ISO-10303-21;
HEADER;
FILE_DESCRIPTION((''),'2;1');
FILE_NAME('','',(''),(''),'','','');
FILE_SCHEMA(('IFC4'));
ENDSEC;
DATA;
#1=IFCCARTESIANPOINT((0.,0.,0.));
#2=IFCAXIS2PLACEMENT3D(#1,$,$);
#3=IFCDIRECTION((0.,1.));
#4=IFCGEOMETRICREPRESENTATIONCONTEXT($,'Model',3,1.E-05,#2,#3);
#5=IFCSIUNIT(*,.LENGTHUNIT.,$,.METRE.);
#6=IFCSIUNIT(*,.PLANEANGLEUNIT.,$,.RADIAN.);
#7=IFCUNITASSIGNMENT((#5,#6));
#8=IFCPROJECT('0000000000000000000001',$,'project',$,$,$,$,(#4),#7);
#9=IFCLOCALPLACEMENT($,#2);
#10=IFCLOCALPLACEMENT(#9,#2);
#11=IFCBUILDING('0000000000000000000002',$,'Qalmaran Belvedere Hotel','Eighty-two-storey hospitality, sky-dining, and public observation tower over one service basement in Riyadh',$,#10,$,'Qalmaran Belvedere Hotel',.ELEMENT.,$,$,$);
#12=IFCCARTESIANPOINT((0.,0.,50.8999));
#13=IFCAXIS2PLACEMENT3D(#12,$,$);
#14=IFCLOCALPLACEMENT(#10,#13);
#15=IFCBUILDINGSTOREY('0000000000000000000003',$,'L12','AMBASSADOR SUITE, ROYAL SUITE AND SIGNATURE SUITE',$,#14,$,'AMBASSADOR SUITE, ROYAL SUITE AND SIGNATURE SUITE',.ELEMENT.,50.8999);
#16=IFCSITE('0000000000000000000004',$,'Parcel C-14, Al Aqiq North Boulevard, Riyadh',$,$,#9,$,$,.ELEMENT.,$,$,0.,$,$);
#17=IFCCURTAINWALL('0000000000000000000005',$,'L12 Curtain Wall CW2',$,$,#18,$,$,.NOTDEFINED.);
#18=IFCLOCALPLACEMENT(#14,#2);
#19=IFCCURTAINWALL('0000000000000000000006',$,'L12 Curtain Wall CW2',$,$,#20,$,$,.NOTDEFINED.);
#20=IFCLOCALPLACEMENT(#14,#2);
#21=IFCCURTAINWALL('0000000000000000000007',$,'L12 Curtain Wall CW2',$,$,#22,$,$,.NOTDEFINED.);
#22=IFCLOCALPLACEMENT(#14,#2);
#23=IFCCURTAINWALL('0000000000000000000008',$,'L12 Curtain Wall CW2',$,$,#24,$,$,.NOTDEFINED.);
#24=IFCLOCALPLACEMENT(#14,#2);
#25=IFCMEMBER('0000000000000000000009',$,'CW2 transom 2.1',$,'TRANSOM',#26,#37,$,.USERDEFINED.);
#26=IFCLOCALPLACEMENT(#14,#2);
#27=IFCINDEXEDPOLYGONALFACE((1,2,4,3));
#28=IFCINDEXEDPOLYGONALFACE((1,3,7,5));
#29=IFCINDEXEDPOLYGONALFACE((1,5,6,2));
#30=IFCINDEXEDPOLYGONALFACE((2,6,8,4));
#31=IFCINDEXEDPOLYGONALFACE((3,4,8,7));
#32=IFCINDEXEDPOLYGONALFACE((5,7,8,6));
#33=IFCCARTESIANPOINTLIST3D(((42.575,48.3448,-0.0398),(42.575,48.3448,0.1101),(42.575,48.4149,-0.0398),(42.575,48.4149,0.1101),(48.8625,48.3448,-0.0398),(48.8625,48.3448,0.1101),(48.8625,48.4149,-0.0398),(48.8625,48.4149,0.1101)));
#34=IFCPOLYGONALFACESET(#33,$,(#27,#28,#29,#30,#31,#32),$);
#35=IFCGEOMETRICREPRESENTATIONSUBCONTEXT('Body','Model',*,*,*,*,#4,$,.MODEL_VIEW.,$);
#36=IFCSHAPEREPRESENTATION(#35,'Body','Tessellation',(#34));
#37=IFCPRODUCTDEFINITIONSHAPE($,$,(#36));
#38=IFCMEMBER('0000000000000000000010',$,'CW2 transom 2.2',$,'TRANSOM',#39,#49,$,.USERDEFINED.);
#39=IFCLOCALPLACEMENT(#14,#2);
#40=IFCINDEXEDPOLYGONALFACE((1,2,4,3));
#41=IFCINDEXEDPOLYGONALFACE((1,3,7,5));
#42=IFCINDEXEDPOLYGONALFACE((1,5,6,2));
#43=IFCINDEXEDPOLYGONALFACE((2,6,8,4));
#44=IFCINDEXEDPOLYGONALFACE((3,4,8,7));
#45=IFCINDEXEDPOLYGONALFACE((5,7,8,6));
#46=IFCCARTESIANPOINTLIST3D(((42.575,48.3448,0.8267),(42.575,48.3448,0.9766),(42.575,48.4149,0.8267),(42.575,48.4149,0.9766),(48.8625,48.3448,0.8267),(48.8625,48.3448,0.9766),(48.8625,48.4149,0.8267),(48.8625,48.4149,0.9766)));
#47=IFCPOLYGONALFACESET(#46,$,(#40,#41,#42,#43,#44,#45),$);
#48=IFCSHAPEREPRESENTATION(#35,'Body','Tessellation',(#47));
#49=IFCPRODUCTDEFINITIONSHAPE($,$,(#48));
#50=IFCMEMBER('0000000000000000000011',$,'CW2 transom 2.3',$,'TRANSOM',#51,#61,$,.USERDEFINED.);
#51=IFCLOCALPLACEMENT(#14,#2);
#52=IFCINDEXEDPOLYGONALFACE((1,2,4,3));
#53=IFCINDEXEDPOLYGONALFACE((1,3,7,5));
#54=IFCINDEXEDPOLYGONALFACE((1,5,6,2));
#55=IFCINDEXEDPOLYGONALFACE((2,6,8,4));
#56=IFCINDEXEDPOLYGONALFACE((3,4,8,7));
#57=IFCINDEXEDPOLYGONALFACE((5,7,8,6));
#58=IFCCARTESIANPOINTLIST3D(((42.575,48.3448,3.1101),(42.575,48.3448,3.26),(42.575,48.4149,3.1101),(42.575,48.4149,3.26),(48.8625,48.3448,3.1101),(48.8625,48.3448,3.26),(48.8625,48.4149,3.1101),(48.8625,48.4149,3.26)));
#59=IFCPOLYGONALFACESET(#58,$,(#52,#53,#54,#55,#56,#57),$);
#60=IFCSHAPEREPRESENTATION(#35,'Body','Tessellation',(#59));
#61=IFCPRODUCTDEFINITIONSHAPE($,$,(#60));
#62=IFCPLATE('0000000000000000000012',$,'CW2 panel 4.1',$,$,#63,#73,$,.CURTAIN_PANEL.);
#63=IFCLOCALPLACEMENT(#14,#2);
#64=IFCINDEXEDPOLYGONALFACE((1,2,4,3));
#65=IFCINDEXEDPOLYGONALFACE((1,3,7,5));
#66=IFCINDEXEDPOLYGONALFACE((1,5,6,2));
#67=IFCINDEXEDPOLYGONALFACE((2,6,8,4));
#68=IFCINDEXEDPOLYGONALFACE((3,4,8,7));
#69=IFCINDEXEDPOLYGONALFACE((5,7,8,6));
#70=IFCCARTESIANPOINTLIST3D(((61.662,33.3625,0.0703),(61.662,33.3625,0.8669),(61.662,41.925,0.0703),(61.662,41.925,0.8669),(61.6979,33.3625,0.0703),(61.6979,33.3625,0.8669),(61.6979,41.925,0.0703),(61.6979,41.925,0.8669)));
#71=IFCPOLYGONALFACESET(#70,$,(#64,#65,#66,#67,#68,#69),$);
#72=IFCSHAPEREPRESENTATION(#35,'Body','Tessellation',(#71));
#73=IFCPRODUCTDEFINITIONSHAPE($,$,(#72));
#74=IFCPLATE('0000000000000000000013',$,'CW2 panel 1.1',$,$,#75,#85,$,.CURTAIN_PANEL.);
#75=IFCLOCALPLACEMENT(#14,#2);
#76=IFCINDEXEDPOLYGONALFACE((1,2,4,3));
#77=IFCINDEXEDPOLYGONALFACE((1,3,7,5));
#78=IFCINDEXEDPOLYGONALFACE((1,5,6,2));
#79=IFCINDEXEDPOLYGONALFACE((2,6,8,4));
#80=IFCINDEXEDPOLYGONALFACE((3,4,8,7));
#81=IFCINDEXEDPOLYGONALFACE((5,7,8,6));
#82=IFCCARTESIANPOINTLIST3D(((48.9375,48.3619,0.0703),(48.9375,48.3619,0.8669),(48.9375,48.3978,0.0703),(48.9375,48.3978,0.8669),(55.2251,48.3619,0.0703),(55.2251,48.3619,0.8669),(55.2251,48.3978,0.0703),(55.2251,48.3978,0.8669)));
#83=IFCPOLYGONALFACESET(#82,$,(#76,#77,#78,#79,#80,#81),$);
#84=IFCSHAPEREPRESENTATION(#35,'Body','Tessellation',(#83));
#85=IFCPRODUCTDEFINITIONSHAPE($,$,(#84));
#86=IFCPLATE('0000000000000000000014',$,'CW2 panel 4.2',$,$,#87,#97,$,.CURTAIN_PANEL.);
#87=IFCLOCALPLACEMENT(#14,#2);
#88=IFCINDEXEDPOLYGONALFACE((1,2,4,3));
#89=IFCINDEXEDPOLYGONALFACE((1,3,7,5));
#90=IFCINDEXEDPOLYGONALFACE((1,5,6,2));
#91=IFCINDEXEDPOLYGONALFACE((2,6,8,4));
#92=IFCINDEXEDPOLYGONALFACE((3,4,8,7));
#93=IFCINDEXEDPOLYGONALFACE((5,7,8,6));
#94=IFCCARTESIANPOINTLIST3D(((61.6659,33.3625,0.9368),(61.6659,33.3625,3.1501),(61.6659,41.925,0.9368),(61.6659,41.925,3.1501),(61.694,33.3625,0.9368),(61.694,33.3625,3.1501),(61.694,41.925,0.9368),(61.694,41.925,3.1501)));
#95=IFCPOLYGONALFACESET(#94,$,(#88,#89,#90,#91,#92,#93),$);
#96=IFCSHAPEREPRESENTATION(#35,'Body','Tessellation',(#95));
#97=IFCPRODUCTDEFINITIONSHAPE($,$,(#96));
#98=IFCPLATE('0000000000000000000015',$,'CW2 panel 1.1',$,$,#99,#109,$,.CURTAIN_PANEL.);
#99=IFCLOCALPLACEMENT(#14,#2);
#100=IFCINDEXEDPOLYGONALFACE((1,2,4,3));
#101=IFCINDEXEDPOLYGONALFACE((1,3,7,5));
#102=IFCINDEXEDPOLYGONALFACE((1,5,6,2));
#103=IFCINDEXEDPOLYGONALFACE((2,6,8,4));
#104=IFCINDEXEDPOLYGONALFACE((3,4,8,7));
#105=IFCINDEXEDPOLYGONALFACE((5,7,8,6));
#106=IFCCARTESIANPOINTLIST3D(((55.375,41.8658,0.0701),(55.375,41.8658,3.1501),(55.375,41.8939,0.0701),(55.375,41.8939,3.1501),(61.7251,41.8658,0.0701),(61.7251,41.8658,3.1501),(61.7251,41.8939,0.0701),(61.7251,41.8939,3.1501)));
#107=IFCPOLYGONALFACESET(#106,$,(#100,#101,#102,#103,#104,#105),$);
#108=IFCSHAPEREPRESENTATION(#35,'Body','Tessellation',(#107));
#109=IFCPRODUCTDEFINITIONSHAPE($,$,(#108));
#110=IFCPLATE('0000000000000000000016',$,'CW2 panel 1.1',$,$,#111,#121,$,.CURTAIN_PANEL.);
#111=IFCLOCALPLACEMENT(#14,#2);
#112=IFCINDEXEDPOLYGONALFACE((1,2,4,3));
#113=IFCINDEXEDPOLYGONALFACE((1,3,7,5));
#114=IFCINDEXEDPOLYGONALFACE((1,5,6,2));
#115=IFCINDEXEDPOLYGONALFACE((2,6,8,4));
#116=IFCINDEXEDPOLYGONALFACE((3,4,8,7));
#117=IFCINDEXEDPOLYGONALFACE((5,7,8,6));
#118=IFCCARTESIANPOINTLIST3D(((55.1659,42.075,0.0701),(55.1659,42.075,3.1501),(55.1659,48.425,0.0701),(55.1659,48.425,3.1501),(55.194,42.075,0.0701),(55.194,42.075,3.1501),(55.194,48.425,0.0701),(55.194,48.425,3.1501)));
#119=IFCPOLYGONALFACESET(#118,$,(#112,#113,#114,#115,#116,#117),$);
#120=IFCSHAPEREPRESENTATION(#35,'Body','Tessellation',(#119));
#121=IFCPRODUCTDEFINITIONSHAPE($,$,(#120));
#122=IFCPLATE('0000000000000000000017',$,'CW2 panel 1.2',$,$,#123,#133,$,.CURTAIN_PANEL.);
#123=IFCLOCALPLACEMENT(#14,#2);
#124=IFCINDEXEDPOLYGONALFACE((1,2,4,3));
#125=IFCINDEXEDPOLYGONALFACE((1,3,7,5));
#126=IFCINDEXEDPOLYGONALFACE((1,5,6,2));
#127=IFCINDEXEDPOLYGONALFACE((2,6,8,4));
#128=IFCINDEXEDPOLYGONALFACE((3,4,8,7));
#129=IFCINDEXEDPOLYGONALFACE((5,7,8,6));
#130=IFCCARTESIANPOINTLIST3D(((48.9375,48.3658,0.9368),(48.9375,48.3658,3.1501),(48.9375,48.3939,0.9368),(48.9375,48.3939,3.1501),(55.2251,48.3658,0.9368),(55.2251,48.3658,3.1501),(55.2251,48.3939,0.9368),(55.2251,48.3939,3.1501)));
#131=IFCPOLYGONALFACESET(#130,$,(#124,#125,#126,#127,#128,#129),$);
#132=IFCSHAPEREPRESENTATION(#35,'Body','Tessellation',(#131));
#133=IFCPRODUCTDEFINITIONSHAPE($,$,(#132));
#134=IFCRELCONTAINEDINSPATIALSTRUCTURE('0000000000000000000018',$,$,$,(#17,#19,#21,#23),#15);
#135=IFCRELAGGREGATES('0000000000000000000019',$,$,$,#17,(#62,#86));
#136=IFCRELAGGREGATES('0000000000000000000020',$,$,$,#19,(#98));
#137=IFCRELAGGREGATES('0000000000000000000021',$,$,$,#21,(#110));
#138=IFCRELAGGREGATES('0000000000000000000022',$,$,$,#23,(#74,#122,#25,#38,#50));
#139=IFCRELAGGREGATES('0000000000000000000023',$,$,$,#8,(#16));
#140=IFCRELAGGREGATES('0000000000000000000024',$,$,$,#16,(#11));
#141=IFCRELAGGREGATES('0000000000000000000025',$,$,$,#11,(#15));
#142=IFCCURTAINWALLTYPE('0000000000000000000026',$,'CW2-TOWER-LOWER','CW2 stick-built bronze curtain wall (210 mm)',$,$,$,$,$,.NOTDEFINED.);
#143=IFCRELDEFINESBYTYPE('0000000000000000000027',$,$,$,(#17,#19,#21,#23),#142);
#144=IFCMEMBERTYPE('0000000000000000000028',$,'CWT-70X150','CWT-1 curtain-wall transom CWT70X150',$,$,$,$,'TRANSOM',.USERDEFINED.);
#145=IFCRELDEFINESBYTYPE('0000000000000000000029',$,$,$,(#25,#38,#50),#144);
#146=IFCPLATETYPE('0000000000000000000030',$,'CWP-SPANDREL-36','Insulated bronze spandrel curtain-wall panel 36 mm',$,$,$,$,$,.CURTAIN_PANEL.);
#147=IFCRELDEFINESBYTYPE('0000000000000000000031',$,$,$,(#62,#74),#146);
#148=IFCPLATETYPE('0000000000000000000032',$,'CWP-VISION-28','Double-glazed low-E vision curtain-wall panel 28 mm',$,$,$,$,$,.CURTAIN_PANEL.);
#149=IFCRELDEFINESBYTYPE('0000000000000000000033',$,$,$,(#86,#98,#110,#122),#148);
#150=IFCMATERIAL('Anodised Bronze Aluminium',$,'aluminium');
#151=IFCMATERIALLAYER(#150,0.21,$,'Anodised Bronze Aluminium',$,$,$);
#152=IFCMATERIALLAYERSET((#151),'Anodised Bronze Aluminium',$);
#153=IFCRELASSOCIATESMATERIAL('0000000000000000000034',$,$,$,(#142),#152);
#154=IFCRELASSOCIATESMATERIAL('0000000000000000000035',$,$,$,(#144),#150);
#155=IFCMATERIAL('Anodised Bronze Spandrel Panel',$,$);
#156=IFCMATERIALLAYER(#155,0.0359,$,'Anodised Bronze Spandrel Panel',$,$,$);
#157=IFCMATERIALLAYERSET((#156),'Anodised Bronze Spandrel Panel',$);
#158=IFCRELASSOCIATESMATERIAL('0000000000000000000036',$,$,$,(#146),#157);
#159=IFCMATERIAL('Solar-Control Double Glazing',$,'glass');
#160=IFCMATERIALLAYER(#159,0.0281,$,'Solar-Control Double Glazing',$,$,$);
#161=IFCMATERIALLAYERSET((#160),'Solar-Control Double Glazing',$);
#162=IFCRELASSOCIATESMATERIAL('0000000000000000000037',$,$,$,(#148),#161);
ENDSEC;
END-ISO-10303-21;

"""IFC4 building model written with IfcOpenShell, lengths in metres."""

from ifc_helpers import new_model, si_unit, direction, frame, origin, origin_2d, place, context, subcontext, project, spatial, rectangle, extrude, material, layer, layer_set, material_profile, profile_set, type_object, element, aggregate, save


model = new_model("IFC4")

# Units and contexts
model_context = context("Model", 3, precision=1e-05, world=origin(), true_north=direction((0.0, 1.0)))
body_context = subcontext(model_context, "Body", "Model", "MODEL_VIEW")
ifc_project = project(units=[si_unit("LENGTHUNIT", "METRE"), si_unit("PLANEANGLEUNIT", "RADIAN")], contexts=[model_context])

# Site, building, storey
site_placement = place(None, origin())
site = spatial("IfcSite", under=ifc_project, at=site_placement, Name="Parcel C-14, Al Aqiq North Boulevard, Riyadh", CompositionType="ELEMENT", RefElevation=0.0)
building_placement = place(site_placement, origin())
building = spatial("IfcBuilding", under=site, at=building_placement, Name="Qalmaran Belvedere Hotel", Description="Eighty-two-storey hospitality, sky-dining, and public observation tower over one service basement in Riyadh", LongName="Qalmaran Belvedere Hotel", CompositionType="ELEMENT")
storey_placement = place(building_placement, frame((0.0, 0.0, 50.8999)))
storey = spatial("IfcBuildingStorey", under=building, at=storey_placement, Name="L12", Description="AMBASSADOR SUITE, ROYAL SUITE AND SIGNATURE SUITE", LongName="AMBASSADOR SUITE, ROYAL SUITE AND SIGNATURE SUITE", CompositionType="ELEMENT", Elevation=50.8999)

# Curtain wall
ifc_material_1 = material(Name="Anodised Bronze Aluminium", Category="aluminium")
ifc_layer_1 = layer(ifc_material_1, 0.21, Name="Anodised Bronze Aluminium")
ifc_layer_set_1 = layer_set([ifc_layer_1], Name="Anodised Bronze Aluminium")
curtain_wall_type = type_object("IfcCurtainWallType", Name="CW2-TOWER-LOWER", Description="CW2 stick-built bronze curtain wall (210 mm)", PredefinedType="NOTDEFINED", material=ifc_layer_set_1)
curtain_wall_1_placement = place(storey_placement, origin())
curtain_wall_1 = element("IfcCurtainWall", 1, at=curtain_wall_1_placement, inside=storey, type_object=curtain_wall_type, Name="L12 Curtain Wall CW2", PredefinedType="NOTDEFINED")

# Curtain walls
curtain_wall_2_placement = place(storey_placement, origin())
curtain_wall_2 = element("IfcCurtainWall", 2, at=curtain_wall_2_placement, inside=storey, type_object=curtain_wall_type, Name="L12 Curtain Wall CW2", PredefinedType="NOTDEFINED")
curtain_wall_3_placement = place(storey_placement, origin())
curtain_wall_3 = element("IfcCurtainWall", 3, at=curtain_wall_3_placement, inside=storey, type_object=curtain_wall_type, Name="L12 Curtain Wall CW2", PredefinedType="NOTDEFINED")
curtain_wall_4_placement = place(storey_placement, origin())
curtain_wall_4 = element("IfcCurtainWall", 4, at=curtain_wall_4_placement, inside=storey, type_object=curtain_wall_type, Name="L12 Curtain Wall CW2", PredefinedType="NOTDEFINED")

# Members
ifc_material_profile_1 = material_profile(ifc_material_1, rectangle(XDim=0.0701, YDim=0.1499, at=origin_2d()), Name="CWT70X150")
ifc_profile_set_1 = profile_set([ifc_material_profile_1], Name="Anodised Bronze Aluminium")
member_type_1 = type_object("IfcMemberType", Name="CWT-70X150", Description="CWT-1 curtain-wall transom CWT70X150", ElementType="TRANSOM", PredefinedType="USERDEFINED", material=ifc_profile_set_1)
member_1_placement = place(storey_placement, frame((48.8625, 48.3799, 0.0352), z_axis=(-1.0, 0.0, 0.0), x_axis=(0.0, -1.0, 0.0)))
member_1 = element("IfcMember", 5, at=member_1_placement, type_object=member_type_1, Name="CW2 transom 2.1", ObjectType="TRANSOM", PredefinedType="USERDEFINED", context=body_context, shape_type="SweptSolid", body=[
    extrude(rectangle(XDim=0.0701, YDim=0.1499, at=origin_2d()), origin(), (0.0, 0.0, 1.0), 6.2876),
])
member_2_placement = place(storey_placement, frame((48.8625, 48.3799, 0.9016), z_axis=(-1.0, 0.0, 0.0), x_axis=(0.0, -1.0, 0.0)))
member_2 = element("IfcMember", 6, at=member_2_placement, type_object=member_type_1, Name="CW2 transom 2.2", ObjectType="TRANSOM", PredefinedType="USERDEFINED", context=body_context, shape_type="SweptSolid", body=[
    extrude(rectangle(XDim=0.0701, YDim=0.1499, at=origin_2d()), origin(), (0.0, 0.0, 1.0), 6.2876),
])
member_3_placement = place(storey_placement, frame((48.8625, 48.3799, 3.1851), z_axis=(-1.0, 0.0, 0.0), x_axis=(0.0, -1.0, 0.0)))
member_3 = element("IfcMember", 7, at=member_3_placement, type_object=member_type_1, Name="CW2 transom 2.3", ObjectType="TRANSOM", PredefinedType="USERDEFINED", context=body_context, shape_type="SweptSolid", body=[
    extrude(rectangle(XDim=0.0701, YDim=0.1499, at=origin_2d()), origin(), (0.0, 0.0, 1.0), 6.2876),
])

# Plates
ifc_material_2 = material(Name="Anodised Bronze Spandrel Panel")
ifc_layer_2 = layer(ifc_material_2, 0.0359, Name="Anodised Bronze Spandrel Panel")
ifc_layer_set_2 = layer_set([ifc_layer_2], Name="Anodised Bronze Spandrel Panel")
plate_type_1 = type_object("IfcPlateType", Name="CWP-SPANDREL-36", Description="Insulated bronze spandrel curtain-wall panel 36 mm", PredefinedType="CURTAIN_PANEL", material=ifc_layer_set_2)
plate_1_placement = place(storey_placement, frame((61.6799, 37.6438, 0.0703), z_axis=(0.0, 0.0, 1.0), x_axis=(0.0, 1.0, 0.0)))
plate_1 = element("IfcPlate", 8, at=plate_1_placement, type_object=plate_type_1, Name="CW2 panel 4.1", PredefinedType="CURTAIN_PANEL", context=body_context, shape_type="SweptSolid", body=[
    extrude(rectangle(XDim=8.5625, YDim=0.0359, at=origin_2d()), origin(), (0.0, 0.0, 1.0), 0.7966),
])
plate_2_placement = place(storey_placement, frame((52.0813, 48.3799, 0.0703), z_axis=(0.0, 0.0, 1.0), x_axis=(-1.0, 0.0, 0.0)))
plate_2 = element("IfcPlate", 9, at=plate_2_placement, type_object=plate_type_1, Name="CW2 panel 1.1", PredefinedType="CURTAIN_PANEL", context=body_context, shape_type="SweptSolid", body=[
    extrude(rectangle(XDim=6.2876, YDim=0.0359, at=origin_2d()), origin(), (0.0, 0.0, 1.0), 0.7966),
])
ifc_material_3 = material(Name="Solar-Control Double Glazing", Category="glass")
ifc_layer_3 = layer(ifc_material_3, 0.0281, Name="Solar-Control Double Glazing")
ifc_layer_set_3 = layer_set([ifc_layer_3], Name="Solar-Control Double Glazing")
plate_type_2 = type_object("IfcPlateType", Name="CWP-VISION-28", Description="Double-glazed low-E vision curtain-wall panel 28 mm", PredefinedType="CURTAIN_PANEL", material=ifc_layer_set_3)
plate_3_placement = place(storey_placement, frame((61.6799, 37.6438, 0.9368), z_axis=(0.0, 0.0, 1.0), x_axis=(0.0, 1.0, 0.0)))
plate_3 = element("IfcPlate", 10, at=plate_3_placement, type_object=plate_type_2, Name="CW2 panel 4.2", PredefinedType="CURTAIN_PANEL", context=body_context, shape_type="SweptSolid", body=[
    extrude(rectangle(XDim=8.5625, YDim=0.0281, at=origin_2d()), origin(), (0.0, 0.0, 1.0), 2.2134),
])
aggregate(curtain_wall_1, [plate_1, plate_3])
plate_4_placement = place(storey_placement, frame((58.55, 41.8799, 0.0701), z_axis=(0.0, 0.0, 1.0), x_axis=(-1.0, 0.0, 0.0)))
plate_4 = element("IfcPlate", 11, at=plate_4_placement, type_object=plate_type_2, Name="CW2 panel 1.1", PredefinedType="CURTAIN_PANEL", context=body_context, shape_type="SweptSolid", body=[
    extrude(rectangle(XDim=6.3501, YDim=0.0281, at=origin_2d()), origin(), (0.0, 0.0, 1.0), 3.0801),
])
aggregate(curtain_wall_2, [plate_4])
plate_5_placement = place(storey_placement, frame((55.1799, 45.25, 0.0701), z_axis=(0.0, 0.0, 1.0), x_axis=(0.0, 1.0, 0.0)))
plate_5 = element("IfcPlate", 12, at=plate_5_placement, type_object=plate_type_2, Name="CW2 panel 1.1", PredefinedType="CURTAIN_PANEL", context=body_context, shape_type="SweptSolid", body=[
    extrude(rectangle(XDim=6.3501, YDim=0.0281, at=origin_2d()), origin(), (0.0, 0.0, 1.0), 3.0801),
])
aggregate(curtain_wall_3, [plate_5])
plate_6_placement = place(storey_placement, frame((52.0813, 48.3799, 0.9368), z_axis=(0.0, 0.0, 1.0), x_axis=(-1.0, 0.0, 0.0)))
plate_6 = element("IfcPlate", 13, at=plate_6_placement, type_object=plate_type_2, Name="CW2 panel 1.2", PredefinedType="CURTAIN_PANEL", context=body_context, shape_type="SweptSolid", body=[
    extrude(rectangle(XDim=6.2876, YDim=0.0281, at=origin_2d()), origin(), (0.0, 0.0, 1.0), 2.2134),
])
aggregate(curtain_wall_4, [plate_2, plate_6, member_1, member_2, member_3])

save(model, "model.ifc")
